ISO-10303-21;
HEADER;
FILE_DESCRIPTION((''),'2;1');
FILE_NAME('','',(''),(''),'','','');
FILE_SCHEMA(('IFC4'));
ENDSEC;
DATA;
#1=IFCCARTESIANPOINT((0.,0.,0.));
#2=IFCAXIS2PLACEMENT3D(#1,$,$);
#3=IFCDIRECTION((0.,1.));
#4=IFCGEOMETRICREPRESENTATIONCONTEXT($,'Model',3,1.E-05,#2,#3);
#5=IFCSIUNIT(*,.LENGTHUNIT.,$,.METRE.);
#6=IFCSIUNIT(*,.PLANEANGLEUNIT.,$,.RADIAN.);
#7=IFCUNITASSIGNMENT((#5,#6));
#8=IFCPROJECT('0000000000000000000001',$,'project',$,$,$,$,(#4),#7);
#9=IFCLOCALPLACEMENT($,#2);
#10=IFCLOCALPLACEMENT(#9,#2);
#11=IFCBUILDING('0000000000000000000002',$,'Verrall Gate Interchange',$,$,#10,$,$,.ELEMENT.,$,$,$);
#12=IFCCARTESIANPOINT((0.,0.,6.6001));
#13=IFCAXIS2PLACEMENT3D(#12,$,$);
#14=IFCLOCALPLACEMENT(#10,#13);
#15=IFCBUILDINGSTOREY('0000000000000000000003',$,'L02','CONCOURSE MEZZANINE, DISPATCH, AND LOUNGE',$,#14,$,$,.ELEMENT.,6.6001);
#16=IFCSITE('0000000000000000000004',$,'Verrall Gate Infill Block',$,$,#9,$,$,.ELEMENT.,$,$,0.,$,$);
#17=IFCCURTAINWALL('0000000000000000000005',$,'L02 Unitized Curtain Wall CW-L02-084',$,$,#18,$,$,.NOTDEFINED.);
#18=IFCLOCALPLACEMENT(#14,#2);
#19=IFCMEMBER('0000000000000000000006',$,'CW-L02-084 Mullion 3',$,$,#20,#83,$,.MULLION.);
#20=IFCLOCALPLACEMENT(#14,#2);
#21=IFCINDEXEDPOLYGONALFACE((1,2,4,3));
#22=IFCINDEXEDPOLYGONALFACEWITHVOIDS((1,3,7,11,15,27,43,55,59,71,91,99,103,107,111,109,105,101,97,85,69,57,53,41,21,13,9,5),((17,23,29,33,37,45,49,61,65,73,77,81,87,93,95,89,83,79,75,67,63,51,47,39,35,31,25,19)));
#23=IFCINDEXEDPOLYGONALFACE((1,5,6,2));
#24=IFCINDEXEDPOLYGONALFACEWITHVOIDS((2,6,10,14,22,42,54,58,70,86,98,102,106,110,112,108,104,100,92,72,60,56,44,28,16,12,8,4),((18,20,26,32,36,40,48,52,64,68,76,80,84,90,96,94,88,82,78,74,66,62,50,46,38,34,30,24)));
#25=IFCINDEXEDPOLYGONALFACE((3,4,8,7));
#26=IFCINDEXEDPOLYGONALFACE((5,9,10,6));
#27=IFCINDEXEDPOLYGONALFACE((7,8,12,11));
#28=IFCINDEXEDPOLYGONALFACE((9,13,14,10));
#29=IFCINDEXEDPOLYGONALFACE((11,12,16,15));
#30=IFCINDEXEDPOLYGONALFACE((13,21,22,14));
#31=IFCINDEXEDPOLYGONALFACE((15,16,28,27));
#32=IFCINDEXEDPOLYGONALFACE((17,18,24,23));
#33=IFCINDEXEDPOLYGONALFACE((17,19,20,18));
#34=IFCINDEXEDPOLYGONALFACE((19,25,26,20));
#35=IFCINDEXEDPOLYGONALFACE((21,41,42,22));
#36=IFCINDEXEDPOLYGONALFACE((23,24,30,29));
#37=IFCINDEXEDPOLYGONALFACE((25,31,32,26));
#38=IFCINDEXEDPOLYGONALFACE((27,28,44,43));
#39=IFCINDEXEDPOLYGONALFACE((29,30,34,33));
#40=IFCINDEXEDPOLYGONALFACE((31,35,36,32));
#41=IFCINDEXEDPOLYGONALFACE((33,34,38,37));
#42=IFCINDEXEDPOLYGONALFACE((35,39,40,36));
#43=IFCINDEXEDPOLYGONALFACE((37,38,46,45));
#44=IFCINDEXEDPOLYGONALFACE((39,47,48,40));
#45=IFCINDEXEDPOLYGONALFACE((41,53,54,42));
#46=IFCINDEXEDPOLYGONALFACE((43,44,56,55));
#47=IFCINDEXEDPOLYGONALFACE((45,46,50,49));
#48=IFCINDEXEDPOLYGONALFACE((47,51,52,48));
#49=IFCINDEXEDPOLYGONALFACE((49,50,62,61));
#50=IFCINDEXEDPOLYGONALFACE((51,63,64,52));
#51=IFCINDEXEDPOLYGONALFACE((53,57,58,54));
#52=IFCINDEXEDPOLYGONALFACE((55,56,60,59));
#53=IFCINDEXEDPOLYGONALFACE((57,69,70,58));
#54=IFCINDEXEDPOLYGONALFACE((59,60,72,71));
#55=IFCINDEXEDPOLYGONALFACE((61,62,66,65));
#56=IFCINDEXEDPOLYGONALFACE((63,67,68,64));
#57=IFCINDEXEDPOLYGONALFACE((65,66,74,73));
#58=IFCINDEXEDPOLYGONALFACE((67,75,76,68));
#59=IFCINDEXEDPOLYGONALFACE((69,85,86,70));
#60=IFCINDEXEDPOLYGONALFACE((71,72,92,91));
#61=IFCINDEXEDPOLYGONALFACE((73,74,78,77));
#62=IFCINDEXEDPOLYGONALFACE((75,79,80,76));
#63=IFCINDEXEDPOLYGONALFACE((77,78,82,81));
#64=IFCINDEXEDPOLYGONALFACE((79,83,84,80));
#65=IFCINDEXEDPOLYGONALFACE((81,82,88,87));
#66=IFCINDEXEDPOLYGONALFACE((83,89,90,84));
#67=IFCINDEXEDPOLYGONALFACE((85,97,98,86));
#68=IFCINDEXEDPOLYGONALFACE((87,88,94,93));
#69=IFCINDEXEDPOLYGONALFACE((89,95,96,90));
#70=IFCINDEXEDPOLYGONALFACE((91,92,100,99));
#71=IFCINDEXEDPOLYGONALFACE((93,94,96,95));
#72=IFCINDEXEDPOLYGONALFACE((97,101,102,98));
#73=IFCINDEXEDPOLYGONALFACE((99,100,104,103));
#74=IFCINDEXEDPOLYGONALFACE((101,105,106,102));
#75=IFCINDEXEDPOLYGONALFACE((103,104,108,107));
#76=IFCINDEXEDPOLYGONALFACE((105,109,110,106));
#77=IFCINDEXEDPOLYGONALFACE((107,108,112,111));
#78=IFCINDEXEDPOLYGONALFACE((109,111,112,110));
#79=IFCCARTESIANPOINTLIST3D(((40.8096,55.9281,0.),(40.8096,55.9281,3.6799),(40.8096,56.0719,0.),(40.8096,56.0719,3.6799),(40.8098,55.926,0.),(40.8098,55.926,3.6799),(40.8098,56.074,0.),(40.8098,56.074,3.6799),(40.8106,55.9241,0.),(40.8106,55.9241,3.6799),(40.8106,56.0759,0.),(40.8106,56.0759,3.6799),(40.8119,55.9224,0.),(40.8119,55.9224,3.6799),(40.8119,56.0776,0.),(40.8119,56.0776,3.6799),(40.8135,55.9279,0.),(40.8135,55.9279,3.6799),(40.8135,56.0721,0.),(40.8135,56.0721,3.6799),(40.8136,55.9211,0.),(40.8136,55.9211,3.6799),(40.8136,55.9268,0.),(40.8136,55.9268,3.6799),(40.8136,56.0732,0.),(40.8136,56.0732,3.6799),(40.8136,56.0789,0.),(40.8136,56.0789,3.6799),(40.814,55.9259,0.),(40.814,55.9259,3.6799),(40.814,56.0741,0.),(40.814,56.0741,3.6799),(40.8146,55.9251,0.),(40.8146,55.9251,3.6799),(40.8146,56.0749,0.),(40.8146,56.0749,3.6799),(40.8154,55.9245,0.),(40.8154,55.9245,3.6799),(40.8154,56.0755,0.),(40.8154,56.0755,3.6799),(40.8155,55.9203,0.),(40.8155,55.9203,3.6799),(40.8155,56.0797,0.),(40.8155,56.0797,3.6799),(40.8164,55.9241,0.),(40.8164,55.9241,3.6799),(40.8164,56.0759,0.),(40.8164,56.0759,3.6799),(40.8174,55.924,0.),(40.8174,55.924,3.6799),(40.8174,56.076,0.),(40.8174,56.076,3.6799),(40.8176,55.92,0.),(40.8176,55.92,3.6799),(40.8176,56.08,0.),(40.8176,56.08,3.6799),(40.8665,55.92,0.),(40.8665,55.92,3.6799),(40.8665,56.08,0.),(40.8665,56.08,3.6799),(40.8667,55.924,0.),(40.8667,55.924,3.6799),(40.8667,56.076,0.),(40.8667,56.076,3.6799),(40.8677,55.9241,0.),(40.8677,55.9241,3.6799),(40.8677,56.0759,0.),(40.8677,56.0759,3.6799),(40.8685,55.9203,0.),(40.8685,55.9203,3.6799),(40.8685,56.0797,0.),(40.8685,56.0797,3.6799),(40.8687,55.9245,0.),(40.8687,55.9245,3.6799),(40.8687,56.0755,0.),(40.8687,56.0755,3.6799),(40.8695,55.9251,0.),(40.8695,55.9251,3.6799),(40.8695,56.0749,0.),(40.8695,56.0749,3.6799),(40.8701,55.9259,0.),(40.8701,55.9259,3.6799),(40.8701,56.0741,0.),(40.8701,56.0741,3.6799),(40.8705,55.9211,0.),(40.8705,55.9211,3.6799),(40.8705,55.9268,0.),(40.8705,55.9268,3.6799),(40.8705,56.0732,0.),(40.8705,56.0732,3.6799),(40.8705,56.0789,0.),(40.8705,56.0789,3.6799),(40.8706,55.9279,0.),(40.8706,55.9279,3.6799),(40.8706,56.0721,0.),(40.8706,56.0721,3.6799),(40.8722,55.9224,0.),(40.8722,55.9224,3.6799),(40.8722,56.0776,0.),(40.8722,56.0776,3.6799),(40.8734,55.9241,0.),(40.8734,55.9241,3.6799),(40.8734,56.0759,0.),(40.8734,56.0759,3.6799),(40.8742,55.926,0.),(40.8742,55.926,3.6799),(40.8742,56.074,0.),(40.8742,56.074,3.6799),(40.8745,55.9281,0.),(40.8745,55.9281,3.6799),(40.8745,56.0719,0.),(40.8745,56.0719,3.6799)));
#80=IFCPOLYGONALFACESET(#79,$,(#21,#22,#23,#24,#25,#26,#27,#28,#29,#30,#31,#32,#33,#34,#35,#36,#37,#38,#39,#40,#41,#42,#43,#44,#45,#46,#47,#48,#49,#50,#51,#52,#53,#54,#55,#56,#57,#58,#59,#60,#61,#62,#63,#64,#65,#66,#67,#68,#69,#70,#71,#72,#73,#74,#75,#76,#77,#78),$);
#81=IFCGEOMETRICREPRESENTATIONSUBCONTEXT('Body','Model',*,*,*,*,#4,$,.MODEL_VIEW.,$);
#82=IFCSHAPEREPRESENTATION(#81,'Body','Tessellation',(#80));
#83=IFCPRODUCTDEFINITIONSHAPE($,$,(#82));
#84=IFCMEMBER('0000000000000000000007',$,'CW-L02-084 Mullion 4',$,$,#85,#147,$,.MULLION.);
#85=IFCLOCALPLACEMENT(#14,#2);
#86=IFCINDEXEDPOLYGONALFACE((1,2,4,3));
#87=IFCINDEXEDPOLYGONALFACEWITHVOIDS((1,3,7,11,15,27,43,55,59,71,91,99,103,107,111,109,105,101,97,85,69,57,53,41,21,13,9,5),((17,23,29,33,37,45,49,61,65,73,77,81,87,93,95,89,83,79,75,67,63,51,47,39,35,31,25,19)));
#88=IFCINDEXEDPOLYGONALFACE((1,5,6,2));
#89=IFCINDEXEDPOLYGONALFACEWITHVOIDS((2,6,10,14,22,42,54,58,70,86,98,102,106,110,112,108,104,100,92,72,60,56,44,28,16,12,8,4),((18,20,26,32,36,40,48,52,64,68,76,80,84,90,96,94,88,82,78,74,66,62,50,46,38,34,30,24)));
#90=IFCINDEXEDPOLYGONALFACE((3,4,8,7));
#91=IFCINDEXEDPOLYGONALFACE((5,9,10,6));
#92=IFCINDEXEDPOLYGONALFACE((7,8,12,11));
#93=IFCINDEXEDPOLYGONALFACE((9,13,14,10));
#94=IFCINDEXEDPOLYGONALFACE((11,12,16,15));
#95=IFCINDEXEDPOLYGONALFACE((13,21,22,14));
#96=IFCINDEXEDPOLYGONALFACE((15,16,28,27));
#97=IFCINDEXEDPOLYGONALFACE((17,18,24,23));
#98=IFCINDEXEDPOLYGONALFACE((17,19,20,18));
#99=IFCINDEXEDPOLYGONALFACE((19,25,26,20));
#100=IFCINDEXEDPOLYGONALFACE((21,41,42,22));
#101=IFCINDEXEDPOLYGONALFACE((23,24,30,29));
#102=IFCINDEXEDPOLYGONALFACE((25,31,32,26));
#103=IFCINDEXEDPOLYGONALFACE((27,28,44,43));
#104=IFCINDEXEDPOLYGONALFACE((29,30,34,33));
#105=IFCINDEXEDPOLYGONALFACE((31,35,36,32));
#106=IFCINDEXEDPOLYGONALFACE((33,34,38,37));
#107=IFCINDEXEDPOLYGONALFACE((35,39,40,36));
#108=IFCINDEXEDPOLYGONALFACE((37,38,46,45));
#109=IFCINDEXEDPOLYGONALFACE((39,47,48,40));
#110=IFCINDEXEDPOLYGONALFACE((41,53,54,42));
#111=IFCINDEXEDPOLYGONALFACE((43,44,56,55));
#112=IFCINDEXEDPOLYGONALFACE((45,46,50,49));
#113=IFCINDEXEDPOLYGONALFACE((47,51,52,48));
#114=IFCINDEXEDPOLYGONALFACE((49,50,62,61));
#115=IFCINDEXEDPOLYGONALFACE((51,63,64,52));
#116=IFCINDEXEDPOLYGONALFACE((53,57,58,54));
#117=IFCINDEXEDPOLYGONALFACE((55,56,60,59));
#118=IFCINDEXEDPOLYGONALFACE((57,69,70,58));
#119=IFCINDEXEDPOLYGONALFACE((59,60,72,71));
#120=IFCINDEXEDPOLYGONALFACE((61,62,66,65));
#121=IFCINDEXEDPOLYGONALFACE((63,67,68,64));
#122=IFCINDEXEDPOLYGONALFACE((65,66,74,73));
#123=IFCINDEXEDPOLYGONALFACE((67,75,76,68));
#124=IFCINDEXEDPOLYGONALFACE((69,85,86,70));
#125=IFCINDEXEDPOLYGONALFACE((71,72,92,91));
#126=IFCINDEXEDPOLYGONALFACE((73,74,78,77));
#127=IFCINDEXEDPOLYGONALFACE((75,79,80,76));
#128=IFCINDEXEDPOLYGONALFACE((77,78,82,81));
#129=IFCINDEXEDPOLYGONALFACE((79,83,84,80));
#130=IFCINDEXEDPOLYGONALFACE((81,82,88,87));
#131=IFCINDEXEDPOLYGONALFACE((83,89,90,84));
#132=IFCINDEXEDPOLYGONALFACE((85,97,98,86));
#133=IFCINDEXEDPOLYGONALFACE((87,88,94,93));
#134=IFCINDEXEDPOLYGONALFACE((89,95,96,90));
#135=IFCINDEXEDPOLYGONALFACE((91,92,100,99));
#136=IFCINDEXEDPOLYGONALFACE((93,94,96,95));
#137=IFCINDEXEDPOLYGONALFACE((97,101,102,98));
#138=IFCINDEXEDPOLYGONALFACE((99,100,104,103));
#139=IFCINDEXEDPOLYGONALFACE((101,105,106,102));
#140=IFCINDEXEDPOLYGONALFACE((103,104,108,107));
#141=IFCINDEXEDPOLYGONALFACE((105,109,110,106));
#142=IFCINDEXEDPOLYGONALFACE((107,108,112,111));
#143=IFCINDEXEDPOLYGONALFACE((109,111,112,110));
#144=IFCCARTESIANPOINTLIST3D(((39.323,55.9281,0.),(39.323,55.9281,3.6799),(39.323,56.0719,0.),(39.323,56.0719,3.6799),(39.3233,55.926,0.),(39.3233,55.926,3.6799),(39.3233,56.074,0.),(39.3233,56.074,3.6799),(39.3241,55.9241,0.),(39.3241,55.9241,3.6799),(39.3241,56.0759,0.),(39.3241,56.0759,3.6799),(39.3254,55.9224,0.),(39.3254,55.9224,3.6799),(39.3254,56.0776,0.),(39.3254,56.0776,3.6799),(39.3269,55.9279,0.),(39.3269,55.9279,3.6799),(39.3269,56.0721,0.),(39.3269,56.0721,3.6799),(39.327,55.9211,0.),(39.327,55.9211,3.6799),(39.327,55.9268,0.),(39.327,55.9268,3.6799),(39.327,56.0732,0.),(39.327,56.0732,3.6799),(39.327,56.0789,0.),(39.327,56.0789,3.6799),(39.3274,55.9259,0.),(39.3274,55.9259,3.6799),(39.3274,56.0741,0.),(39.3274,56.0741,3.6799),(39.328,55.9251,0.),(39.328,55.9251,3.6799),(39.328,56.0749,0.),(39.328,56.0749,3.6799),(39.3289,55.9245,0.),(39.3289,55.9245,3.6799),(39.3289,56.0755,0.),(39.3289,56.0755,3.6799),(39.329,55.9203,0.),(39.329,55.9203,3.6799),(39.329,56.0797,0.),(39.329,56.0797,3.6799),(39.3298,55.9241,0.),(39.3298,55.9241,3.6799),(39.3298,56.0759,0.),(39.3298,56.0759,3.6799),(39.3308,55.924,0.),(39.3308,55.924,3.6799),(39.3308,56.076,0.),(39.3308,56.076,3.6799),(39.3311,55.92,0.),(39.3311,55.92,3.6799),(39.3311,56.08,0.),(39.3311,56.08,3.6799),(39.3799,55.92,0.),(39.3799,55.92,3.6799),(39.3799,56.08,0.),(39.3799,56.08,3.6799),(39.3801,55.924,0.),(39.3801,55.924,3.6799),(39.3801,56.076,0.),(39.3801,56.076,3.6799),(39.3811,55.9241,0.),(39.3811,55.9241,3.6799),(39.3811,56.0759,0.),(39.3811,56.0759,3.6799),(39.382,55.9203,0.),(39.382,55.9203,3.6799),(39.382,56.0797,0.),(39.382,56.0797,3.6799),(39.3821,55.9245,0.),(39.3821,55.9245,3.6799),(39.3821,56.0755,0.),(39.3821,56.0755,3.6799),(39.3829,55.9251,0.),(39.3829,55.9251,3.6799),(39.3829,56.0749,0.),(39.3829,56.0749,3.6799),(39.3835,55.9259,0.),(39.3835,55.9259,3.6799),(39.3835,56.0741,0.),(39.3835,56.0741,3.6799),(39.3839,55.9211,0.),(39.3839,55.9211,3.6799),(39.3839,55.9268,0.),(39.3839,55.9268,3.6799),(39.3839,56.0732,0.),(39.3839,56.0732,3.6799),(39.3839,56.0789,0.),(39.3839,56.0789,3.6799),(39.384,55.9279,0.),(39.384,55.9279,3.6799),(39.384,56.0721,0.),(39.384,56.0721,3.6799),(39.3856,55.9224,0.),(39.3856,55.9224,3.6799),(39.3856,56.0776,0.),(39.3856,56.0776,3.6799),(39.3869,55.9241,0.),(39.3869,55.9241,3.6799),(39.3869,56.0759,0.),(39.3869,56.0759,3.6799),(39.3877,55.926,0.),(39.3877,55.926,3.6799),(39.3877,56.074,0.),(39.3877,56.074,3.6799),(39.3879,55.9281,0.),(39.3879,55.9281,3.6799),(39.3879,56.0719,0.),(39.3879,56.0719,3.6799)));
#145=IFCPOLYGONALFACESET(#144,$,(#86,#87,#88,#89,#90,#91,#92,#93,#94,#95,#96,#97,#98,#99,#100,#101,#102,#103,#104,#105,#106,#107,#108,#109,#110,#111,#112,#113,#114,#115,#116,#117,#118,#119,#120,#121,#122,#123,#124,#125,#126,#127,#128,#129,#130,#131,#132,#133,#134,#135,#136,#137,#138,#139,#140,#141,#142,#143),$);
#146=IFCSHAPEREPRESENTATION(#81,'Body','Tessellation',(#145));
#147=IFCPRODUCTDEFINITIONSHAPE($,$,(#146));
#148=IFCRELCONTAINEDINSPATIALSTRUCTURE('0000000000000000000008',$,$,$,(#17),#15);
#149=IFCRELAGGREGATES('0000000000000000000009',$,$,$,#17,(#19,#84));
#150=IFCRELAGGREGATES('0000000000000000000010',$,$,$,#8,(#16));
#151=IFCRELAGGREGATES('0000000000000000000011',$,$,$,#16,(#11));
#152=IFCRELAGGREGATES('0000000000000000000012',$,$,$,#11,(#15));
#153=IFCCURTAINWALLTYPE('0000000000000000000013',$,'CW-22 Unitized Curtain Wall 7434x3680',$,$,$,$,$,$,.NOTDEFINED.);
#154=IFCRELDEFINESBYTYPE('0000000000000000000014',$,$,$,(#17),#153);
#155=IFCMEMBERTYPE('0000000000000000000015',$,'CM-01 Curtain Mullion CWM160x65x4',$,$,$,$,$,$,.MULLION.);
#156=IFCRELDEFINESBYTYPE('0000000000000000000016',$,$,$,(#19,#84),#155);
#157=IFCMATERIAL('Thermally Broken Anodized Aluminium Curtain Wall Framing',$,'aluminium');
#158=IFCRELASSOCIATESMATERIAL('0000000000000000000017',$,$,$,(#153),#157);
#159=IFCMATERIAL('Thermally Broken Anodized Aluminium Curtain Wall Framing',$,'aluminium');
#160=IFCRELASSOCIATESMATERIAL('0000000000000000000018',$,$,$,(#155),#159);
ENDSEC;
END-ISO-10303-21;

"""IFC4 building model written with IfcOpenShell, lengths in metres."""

from ifc_helpers import new_model, si_unit, direction, frame, origin, origin_2d, place, context, subcontext, project, spatial, hollow_rectangle, extrude, material, material_profile, profile_set, type_object, element, aggregate, save


model = new_model("IFC4")

# Units and contexts
model_context = context("Model", 3, precision=1e-05, world=origin(), true_north=direction((0.0, 1.0)))
body_context = subcontext(model_context, "Body", "Model", "MODEL_VIEW")
ifc_project = project(units=[si_unit("LENGTHUNIT", "METRE"), si_unit("PLANEANGLEUNIT", "RADIAN")], contexts=[model_context])

# Site, building, storey
site_placement = place(None, origin())
site = spatial("IfcSite", under=ifc_project, at=site_placement, Name="Verrall Gate Infill Block", CompositionType="ELEMENT", RefElevation=0.0)
building_placement = place(site_placement, origin())
building = spatial("IfcBuilding", under=site, at=building_placement, Name="Verrall Gate Interchange", CompositionType="ELEMENT")
storey_placement = place(building_placement, frame((0.0, 0.0, 6.6001)))
storey = spatial("IfcBuildingStorey", under=building, at=storey_placement, Name="L02", Description="CONCOURSE MEZZANINE, DISPATCH, AND LOUNGE", CompositionType="ELEMENT", Elevation=6.6001)

# Curtain wall, members
ifc_material_1 = material(Name="Thermally Broken Anodized Aluminium Curtain Wall Framing", Category="aluminium")
curtain_wall_type_1 = type_object("IfcCurtainWallType", Name="CW-22 Unitized Curtain Wall 7434x3680", PredefinedType="NOTDEFINED", material=ifc_material_1)
curtain_wall_1_placement = place(storey_placement, origin())
curtain_wall_1 = element("IfcCurtainWall", 1, at=curtain_wall_1_placement, inside=storey, type_object=curtain_wall_type_1, Name="L02 Unitized Curtain Wall CW-L02-084", PredefinedType="NOTDEFINED")
ifc_material_2 = material(Name="Thermally Broken Anodized Aluminium Curtain Wall Framing", Category="aluminium")
ifc_material_profile_1 = material_profile(ifc_material_2, hollow_rectangle(XDim=0.0649, YDim=0.1599, WallThickness=0.0039, InnerFilletRadius=0.0039, OuterFilletRadius=0.0081, at=origin_2d()), Name="CWM160x65x4")
ifc_profile_set_1 = profile_set([ifc_material_profile_1], Name="Thermally Broken Anodized Aluminium Curtain Wall Framing")
member_type_1 = type_object("IfcMemberType", Name="CM-01 Curtain Mullion CWM160x65x4", PredefinedType="MULLION", material=ifc_profile_set_1)
member_1_placement = place(storey_placement, frame((40.842, 56.0, 0.0), z_axis=(0.0, 0.0, 1.0), x_axis=(-1.0, 0.0, 0.0)))
member_1 = element("IfcMember", 2, at=member_1_placement, type_object=member_type_1, Name="CW-L02-084 Mullion 3", PredefinedType="MULLION", context=body_context, shape_type="SweptSolid", body=[
    extrude(hollow_rectangle(XDim=0.0649, YDim=0.1599, WallThickness=0.0039, InnerFilletRadius=0.0039, OuterFilletRadius=0.0081, at=origin_2d()), origin(), (0.0, 0.0, 1.0), 3.6799),
])
member_2_placement = place(storey_placement, frame((39.3555, 56.0, 0.0), z_axis=(0.0, 0.0, 1.0), x_axis=(-1.0, 0.0, 0.0)))
member_2 = element("IfcMember", 3, at=member_2_placement, type_object=member_type_1, Name="CW-L02-084 Mullion 4", PredefinedType="MULLION", context=body_context, shape_type="SweptSolid", body=[
    extrude(hollow_rectangle(XDim=0.0649, YDim=0.1599, WallThickness=0.0039, InnerFilletRadius=0.0039, OuterFilletRadius=0.0081, at=origin_2d()), origin(), (0.0, 0.0, 1.0), 3.6799),
])

aggregate(curtain_wall_1, [member_1, member_2])

save(model, "model.ifc")
